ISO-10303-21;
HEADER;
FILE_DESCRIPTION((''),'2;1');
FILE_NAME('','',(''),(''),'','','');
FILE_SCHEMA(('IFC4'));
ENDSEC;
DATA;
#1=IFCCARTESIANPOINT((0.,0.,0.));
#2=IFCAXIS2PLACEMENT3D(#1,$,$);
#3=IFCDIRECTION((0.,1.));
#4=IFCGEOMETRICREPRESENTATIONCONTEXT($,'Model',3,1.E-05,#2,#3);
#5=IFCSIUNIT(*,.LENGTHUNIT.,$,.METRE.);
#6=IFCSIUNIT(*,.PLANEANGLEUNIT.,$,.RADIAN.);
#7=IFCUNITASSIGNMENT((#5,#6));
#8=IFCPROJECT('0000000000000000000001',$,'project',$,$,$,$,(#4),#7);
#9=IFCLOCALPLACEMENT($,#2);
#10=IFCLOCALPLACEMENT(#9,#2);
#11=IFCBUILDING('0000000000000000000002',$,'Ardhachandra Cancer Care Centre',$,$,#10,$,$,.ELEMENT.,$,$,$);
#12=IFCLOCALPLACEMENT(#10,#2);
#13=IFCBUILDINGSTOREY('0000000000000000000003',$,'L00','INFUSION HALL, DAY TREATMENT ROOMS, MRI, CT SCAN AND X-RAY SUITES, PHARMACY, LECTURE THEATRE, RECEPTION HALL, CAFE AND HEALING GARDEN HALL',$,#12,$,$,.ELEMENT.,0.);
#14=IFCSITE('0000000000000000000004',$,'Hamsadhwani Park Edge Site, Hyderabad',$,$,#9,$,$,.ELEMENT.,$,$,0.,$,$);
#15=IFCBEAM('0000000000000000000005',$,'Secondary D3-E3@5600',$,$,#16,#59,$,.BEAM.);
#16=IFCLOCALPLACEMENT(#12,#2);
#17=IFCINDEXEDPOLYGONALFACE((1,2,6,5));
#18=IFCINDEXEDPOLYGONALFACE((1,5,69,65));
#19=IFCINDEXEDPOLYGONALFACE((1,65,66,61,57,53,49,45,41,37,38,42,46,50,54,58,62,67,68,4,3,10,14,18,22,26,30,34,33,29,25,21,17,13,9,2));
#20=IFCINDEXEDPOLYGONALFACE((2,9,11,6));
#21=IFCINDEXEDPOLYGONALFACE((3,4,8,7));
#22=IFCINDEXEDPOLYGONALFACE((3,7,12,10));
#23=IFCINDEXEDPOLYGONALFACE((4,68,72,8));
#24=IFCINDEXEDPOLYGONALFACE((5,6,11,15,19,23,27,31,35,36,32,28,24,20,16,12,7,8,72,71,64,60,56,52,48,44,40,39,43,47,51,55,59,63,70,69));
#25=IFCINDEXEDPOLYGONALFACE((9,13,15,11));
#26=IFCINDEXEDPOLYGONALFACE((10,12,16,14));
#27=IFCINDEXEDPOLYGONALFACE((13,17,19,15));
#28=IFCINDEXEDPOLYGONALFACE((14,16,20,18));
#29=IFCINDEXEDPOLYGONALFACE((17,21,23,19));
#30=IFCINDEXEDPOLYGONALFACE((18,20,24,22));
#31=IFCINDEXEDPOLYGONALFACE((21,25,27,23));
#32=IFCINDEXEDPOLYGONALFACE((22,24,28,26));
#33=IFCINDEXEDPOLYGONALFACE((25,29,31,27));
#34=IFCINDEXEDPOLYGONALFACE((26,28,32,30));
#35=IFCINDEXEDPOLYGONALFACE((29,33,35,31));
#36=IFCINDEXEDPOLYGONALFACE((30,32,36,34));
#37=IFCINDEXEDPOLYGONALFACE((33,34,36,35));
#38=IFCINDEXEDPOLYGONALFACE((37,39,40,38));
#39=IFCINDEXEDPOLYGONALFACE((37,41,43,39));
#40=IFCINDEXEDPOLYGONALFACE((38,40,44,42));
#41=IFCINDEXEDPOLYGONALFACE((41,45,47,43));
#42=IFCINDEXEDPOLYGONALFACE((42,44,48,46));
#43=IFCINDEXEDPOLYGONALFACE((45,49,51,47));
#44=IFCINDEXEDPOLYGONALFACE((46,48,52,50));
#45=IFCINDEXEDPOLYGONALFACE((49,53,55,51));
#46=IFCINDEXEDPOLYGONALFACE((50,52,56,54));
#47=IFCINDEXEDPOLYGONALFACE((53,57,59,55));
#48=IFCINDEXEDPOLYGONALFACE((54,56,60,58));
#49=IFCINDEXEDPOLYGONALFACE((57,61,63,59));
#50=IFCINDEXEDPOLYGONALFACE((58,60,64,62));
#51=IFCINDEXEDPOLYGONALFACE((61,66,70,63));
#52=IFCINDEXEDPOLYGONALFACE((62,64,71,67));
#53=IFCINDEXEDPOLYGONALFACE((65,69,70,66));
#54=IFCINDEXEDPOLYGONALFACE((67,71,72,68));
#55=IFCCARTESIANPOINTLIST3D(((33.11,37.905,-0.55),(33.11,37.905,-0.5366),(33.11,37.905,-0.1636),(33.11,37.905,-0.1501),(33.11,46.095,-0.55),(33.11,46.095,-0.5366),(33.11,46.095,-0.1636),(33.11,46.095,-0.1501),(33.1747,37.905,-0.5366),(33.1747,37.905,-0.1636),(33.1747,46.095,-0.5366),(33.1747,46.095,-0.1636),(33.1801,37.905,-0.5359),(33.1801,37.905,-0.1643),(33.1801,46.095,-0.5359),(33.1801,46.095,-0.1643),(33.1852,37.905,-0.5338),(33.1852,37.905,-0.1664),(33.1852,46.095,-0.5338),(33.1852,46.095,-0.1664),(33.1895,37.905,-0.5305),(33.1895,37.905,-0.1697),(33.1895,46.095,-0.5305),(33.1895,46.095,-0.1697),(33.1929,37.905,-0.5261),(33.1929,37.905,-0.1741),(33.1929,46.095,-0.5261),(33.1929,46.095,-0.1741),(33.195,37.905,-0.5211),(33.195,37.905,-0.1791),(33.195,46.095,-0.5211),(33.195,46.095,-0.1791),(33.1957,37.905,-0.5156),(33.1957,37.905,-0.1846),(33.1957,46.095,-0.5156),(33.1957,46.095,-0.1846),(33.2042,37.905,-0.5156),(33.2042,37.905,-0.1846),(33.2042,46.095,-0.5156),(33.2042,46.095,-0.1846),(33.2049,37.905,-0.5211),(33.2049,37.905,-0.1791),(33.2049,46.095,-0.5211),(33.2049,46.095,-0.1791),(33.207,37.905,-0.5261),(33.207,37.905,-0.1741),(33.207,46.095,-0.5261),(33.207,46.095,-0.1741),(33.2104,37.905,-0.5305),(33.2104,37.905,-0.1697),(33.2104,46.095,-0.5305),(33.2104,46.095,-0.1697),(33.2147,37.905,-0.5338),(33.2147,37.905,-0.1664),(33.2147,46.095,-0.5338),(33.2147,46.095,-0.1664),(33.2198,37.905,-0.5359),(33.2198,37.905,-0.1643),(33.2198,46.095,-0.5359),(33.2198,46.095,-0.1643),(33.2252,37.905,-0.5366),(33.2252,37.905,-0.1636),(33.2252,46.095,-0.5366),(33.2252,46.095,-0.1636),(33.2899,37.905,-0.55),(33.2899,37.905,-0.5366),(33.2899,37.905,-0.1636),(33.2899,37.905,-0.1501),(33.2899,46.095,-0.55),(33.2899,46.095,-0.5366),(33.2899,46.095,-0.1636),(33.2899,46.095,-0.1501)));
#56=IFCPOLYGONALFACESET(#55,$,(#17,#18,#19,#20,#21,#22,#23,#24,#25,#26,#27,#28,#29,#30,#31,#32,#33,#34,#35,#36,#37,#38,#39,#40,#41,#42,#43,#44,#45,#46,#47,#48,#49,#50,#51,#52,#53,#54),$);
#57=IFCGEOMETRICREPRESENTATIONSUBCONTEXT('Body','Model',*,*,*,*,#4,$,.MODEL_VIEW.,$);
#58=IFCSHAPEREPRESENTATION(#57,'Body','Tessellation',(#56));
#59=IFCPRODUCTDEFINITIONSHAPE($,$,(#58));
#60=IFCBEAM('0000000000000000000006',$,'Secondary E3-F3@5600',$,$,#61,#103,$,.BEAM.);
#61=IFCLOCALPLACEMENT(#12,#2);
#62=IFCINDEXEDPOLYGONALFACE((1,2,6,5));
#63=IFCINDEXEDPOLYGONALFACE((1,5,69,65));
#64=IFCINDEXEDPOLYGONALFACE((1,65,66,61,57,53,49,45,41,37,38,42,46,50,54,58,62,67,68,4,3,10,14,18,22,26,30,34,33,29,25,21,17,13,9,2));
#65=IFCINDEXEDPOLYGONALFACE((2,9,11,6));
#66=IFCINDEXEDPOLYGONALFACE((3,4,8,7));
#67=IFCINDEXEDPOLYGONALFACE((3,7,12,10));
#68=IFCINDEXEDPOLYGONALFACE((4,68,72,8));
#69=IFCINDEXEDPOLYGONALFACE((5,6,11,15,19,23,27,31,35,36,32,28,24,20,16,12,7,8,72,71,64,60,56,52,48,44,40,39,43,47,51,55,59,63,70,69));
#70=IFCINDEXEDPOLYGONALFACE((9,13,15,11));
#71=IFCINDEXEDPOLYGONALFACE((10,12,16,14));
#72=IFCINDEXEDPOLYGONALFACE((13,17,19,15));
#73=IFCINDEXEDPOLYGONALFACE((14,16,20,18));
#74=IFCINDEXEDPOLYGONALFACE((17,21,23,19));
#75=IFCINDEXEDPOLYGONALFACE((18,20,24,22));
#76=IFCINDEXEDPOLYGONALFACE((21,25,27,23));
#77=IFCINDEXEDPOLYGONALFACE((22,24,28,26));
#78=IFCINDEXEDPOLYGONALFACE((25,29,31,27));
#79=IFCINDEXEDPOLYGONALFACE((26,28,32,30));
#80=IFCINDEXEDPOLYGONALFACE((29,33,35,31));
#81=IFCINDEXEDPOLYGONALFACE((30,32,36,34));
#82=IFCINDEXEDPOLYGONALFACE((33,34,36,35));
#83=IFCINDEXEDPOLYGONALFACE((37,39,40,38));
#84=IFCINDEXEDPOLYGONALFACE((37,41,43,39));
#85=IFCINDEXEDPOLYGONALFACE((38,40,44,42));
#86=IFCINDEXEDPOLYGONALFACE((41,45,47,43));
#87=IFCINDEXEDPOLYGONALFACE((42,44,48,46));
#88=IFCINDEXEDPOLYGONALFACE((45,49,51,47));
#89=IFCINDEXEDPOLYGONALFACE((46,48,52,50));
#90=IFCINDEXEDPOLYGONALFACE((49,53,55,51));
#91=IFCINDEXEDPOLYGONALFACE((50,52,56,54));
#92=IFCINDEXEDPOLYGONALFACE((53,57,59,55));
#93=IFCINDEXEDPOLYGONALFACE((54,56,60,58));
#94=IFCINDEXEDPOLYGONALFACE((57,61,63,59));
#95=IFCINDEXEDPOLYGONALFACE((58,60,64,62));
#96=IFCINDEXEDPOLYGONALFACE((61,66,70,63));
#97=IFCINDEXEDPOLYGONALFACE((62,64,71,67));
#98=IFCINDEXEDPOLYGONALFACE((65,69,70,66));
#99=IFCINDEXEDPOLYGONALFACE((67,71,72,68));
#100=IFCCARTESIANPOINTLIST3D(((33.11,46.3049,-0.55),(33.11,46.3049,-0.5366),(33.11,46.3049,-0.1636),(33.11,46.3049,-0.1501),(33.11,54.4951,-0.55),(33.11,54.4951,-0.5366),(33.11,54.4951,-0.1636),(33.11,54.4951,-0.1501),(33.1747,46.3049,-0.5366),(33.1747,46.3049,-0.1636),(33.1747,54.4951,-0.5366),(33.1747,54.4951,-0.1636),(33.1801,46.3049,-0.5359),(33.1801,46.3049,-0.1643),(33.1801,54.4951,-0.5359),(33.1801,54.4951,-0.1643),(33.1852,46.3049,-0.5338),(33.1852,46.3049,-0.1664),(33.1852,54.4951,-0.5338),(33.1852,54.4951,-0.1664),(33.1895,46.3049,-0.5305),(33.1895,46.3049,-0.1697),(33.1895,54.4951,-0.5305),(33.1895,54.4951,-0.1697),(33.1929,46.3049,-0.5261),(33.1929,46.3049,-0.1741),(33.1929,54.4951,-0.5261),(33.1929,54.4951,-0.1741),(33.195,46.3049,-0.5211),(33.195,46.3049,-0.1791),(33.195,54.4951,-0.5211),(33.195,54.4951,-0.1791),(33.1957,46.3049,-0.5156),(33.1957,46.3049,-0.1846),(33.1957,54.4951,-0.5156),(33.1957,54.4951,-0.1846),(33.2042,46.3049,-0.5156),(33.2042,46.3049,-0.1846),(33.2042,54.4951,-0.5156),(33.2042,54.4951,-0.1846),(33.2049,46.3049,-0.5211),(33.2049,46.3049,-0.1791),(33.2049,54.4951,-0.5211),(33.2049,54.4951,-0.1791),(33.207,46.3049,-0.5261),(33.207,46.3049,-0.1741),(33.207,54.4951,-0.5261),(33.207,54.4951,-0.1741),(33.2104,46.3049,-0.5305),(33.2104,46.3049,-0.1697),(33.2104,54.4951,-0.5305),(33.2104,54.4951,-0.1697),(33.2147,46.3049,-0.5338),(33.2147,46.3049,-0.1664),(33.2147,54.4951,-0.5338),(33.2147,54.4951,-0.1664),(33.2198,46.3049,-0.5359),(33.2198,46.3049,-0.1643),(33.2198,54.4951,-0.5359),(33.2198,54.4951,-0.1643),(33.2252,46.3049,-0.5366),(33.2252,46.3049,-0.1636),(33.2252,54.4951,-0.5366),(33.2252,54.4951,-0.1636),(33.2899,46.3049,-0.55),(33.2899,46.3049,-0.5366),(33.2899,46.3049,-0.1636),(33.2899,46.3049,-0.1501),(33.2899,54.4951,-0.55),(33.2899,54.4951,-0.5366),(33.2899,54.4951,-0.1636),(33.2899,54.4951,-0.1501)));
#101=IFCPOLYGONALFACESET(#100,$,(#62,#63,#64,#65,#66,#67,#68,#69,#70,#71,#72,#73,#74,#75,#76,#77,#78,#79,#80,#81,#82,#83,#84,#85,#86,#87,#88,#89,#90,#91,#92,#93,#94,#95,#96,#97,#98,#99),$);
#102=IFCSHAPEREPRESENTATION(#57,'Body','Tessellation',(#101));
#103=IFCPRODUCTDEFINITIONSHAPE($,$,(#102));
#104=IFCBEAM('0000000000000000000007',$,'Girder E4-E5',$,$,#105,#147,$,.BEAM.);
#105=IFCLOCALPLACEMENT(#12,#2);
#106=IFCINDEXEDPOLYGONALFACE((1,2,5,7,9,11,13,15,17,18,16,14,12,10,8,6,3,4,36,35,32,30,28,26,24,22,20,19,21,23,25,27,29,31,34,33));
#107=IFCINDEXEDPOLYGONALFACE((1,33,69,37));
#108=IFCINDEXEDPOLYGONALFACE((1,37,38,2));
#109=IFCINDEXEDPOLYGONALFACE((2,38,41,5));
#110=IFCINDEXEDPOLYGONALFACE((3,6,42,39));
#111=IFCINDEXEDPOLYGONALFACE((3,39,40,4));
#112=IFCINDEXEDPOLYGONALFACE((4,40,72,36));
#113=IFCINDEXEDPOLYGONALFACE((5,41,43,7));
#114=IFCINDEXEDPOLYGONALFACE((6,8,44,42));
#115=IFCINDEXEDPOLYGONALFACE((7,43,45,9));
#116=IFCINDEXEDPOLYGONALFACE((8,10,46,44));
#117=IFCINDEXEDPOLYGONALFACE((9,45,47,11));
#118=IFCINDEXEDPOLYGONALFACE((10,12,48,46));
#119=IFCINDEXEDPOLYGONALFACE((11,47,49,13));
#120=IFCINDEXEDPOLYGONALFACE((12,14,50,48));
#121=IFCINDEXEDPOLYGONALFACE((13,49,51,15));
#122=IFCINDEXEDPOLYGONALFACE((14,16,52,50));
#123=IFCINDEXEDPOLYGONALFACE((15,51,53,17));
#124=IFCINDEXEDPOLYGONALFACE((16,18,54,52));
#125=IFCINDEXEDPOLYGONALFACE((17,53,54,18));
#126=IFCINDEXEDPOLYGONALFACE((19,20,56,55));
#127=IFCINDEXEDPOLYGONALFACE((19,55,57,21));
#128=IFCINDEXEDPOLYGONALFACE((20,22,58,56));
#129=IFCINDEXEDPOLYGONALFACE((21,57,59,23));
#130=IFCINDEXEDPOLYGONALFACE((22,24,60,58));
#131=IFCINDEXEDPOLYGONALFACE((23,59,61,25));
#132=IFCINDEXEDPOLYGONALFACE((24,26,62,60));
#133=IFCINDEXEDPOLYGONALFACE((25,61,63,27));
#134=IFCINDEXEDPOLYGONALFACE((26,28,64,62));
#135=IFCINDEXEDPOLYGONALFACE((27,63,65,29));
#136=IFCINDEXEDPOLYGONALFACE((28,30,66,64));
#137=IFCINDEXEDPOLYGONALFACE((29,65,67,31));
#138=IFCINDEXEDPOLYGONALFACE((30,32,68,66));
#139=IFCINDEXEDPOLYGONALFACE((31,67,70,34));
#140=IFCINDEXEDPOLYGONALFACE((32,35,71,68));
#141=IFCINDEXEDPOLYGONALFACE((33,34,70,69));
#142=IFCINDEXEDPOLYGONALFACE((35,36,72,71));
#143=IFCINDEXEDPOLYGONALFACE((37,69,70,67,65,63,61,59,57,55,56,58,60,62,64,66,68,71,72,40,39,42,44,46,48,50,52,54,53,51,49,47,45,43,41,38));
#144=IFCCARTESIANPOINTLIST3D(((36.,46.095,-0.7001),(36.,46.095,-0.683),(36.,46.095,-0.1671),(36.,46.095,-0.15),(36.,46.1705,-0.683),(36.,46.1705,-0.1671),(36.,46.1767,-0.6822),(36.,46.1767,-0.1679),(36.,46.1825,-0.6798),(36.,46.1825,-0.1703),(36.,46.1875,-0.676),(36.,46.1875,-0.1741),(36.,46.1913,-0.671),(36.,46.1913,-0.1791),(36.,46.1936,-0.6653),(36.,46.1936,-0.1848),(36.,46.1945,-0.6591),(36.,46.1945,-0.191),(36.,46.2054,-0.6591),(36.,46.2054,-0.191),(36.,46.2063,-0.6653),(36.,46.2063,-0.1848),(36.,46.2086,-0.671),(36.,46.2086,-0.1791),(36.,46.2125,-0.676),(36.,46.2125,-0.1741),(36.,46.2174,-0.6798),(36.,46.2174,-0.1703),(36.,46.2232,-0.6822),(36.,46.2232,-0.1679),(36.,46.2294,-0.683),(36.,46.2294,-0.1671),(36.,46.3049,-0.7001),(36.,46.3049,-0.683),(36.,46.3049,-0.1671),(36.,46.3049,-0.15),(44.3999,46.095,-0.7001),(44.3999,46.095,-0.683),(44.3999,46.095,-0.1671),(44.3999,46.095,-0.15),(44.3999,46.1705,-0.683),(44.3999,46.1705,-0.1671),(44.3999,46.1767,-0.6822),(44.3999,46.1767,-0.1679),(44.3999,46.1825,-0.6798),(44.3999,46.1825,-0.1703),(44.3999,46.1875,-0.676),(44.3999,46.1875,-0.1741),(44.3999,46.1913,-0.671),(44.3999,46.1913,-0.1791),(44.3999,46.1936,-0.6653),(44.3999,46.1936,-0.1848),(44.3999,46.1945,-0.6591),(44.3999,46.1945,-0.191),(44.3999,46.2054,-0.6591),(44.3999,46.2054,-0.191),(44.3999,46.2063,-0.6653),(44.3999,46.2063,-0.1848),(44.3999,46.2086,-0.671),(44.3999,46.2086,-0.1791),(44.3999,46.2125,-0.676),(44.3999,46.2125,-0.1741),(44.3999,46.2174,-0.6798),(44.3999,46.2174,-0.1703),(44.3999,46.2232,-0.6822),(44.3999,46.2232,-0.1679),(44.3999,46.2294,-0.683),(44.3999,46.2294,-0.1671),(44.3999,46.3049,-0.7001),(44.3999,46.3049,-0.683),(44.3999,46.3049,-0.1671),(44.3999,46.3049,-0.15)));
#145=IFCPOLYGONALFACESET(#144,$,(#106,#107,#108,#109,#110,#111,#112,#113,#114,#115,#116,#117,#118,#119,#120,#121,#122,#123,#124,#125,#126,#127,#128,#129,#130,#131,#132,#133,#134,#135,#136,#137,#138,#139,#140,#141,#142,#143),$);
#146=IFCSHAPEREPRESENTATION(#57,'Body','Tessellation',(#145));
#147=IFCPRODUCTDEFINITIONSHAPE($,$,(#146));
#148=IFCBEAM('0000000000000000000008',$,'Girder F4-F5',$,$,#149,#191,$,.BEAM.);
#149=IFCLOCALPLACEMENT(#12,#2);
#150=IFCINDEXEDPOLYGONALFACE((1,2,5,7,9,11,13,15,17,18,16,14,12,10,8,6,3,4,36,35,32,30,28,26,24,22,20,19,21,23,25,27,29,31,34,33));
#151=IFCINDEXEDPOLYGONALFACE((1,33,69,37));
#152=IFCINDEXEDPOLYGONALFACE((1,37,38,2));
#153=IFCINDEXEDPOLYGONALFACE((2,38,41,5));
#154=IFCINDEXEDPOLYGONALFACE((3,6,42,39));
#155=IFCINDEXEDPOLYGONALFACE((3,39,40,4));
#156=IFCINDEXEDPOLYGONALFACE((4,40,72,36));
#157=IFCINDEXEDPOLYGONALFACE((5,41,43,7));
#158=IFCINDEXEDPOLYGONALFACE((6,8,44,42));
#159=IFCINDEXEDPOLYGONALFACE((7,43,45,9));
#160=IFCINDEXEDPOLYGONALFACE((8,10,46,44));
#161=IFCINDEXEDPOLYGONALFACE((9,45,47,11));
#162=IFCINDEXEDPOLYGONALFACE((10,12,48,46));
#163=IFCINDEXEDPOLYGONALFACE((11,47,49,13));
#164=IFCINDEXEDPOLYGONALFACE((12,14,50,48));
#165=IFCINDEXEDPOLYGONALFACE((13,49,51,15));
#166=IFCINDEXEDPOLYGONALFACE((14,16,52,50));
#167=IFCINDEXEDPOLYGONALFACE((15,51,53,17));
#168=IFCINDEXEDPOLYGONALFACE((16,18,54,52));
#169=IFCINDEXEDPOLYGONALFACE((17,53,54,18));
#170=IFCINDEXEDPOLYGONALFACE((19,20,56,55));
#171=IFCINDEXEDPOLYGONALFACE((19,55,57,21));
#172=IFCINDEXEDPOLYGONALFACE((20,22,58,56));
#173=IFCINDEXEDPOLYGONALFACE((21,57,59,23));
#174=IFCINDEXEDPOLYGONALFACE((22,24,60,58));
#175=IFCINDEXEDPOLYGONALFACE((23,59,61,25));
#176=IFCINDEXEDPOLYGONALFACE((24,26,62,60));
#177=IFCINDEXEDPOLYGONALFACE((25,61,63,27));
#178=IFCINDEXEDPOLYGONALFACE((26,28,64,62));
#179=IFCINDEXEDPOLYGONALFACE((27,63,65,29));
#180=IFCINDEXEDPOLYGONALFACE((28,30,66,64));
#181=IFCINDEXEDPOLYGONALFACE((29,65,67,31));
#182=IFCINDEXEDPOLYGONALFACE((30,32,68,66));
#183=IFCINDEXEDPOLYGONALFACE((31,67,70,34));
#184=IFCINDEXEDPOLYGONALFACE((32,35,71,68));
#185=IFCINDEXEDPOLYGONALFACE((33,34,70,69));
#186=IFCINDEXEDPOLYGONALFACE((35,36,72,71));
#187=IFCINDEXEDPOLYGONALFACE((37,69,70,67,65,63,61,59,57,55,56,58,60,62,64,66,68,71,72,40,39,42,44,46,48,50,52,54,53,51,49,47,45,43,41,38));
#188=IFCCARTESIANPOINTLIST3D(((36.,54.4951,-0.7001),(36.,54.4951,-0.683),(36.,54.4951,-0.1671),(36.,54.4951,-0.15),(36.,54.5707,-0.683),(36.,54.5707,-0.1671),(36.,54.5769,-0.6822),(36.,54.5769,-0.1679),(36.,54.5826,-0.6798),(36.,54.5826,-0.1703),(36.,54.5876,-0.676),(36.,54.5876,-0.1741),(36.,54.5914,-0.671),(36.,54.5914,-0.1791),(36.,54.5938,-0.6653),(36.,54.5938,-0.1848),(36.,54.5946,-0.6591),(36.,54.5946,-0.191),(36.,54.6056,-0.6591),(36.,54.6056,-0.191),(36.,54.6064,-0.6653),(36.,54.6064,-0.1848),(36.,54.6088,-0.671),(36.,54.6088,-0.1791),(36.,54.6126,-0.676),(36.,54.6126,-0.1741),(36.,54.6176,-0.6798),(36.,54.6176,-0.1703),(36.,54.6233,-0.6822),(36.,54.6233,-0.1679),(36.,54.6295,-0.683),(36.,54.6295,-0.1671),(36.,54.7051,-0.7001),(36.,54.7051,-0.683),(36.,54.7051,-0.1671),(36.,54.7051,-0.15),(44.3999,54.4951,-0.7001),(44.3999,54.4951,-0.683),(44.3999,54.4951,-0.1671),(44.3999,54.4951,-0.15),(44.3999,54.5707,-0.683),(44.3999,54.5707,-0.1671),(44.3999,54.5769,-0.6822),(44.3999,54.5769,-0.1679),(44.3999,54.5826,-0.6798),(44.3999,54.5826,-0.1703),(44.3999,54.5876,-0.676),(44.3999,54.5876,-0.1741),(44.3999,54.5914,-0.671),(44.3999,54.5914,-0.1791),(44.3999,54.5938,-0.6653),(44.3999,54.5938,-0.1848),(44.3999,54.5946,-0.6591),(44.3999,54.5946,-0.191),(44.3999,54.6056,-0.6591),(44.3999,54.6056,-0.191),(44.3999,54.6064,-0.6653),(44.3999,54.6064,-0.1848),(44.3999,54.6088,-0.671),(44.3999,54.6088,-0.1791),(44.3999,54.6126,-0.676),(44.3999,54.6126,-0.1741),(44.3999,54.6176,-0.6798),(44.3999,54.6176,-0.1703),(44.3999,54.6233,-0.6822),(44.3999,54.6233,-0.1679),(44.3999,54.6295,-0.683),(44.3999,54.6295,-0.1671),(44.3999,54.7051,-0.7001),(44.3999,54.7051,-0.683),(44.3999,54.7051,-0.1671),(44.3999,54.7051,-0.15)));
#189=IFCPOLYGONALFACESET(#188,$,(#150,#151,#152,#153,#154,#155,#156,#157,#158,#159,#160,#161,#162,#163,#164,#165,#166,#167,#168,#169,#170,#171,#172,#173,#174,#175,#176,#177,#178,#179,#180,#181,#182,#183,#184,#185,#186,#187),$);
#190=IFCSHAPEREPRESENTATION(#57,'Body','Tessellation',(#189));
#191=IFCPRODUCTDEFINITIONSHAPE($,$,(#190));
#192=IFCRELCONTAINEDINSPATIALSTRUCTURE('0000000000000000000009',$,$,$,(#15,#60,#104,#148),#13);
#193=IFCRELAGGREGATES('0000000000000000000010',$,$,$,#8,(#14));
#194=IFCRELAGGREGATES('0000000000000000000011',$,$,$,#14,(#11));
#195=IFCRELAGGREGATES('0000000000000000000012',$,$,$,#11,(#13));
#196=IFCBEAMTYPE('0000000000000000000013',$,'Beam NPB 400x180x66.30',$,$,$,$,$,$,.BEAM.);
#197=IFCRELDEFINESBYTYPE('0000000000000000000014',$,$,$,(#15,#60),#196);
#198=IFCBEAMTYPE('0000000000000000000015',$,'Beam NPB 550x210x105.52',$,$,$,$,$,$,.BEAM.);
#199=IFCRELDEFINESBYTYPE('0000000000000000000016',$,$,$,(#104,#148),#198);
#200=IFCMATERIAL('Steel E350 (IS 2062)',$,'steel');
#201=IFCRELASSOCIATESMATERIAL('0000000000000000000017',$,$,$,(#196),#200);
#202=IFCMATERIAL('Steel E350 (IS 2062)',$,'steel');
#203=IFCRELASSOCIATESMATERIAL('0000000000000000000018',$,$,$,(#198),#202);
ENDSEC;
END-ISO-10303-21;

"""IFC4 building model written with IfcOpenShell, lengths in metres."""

from ifc_helpers import new_model, si_unit, direction, frame, origin, origin_2d, place, context, subcontext, project, spatial, i_section, extrude, material, material_profile, profile_set, type_object, element, save


model = new_model("IFC4")

# Units and contexts
model_context = context("Model", 3, precision=1e-05, world=origin(), true_north=direction((0.0, 1.0)))
body_context = subcontext(model_context, "Body", "Model", "MODEL_VIEW")
ifc_project = project(units=[si_unit("LENGTHUNIT", "METRE"), si_unit("PLANEANGLEUNIT", "RADIAN")], contexts=[model_context])

# Site, building, storey
site_placement = place(None, origin())
site = spatial("IfcSite", under=ifc_project, at=site_placement, Name="Hamsadhwani Park Edge Site, Hyderabad", CompositionType="ELEMENT", RefElevation=0.0)
building_placement = place(site_placement, origin())
building = spatial("IfcBuilding", under=site, at=building_placement, Name="Ardhachandra Cancer Care Centre", CompositionType="ELEMENT")
storey_placement = place(building_placement, origin())
storey = spatial("IfcBuildingStorey", under=building, at=storey_placement, Name="L00", Description="INFUSION HALL, DAY TREATMENT ROOMS, MRI, CT SCAN AND X-RAY SUITES, PHARMACY, LECTURE THEATRE, RECEPTION HALL, CAFE AND HEALING GARDEN HALL", CompositionType="ELEMENT", Elevation=0.0)

# Beams
ifc_material_1 = material(Name="Steel E350 (IS 2062)", Category="steel")
ifc_material_profile_1 = material_profile(ifc_material_1, i_section(OverallWidth=0.1799, OverallDepth=0.3999, WebThickness=0.0085, FlangeThickness=0.0134, FilletRadius=0.021, at=origin_2d()), Name="NPB 400x180x66.30")
ifc_profile_set_1 = profile_set([ifc_material_profile_1], Name="Steel E350 (IS 2062)")
beam_type_1 = type_object("IfcBeamType", Name="Beam NPB 400x180x66.30", PredefinedType="BEAM", material=ifc_profile_set_1)
beam_1_placement = place(storey_placement, frame((33.2, 37.905, -0.3501), z_axis=(0.0, 1.0, 0.0), x_axis=(-1.0, 0.0, 0.0)))
element("IfcBeam", 1, at=beam_1_placement, inside=storey, type_object=beam_type_1, Name="Secondary D3-E3@5600", PredefinedType="BEAM", context=body_context, shape_type="SweptSolid", body=[
    extrude(i_section(OverallWidth=0.1799, OverallDepth=0.3999, WebThickness=0.0085, FlangeThickness=0.0134, FilletRadius=0.021, at=origin_2d()), origin(), (0.0, 0.0, 1.0), 8.1899),
])
beam_2_placement = place(storey_placement, frame((33.2, 46.3049, -0.3501), z_axis=(0.0, 1.0, 0.0), x_axis=(-1.0, 0.0, 0.0)))
element("IfcBeam", 2, at=beam_2_placement, inside=storey, type_object=beam_type_1, Name="Secondary E3-F3@5600", PredefinedType="BEAM", context=body_context, shape_type="SweptSolid", body=[
    extrude(i_section(OverallWidth=0.1799, OverallDepth=0.3999, WebThickness=0.0085, FlangeThickness=0.0134, FilletRadius=0.021, at=origin_2d()), origin(), (0.0, 0.0, 1.0), 8.1902),
])
ifc_material_2 = material(Name="Steel E350 (IS 2062)", Category="steel")
ifc_material_profile_2 = material_profile(ifc_material_2, i_section(OverallWidth=0.21, OverallDepth=0.55, WebThickness=0.011, FlangeThickness=0.0171, FilletRadius=0.0239, at=origin_2d()), Name="NPB 550x210x105.52")
ifc_profile_set_2 = profile_set([ifc_material_profile_2], Name="Steel E350 (IS 2062)")
beam_type_2 = type_object("IfcBeamType", Name="Beam NPB 550x210x105.52", PredefinedType="BEAM", material=ifc_profile_set_2)
for number, where, z_axis, x_axis, name in (
    (3, (36.0, 46.2, -0.425), (1.0, 0.0, 0.0), (0.0, 1.0, 0.0), "Girder E4-E5"),
    (4, (36.0, 54.6001, -0.425), (1.0, 0.0, 0.0), (0.0, 1.0, 0.0), "Girder F4-F5"),
):
    element("IfcBeam", number, at=place(storey_placement, frame(where, z_axis=z_axis, x_axis=x_axis)), inside=storey, type_object=beam_type_2, Name=name, PredefinedType="BEAM", context=body_context, shape_type="SweptSolid", body=[
        extrude(i_section(OverallWidth=0.21, OverallDepth=0.55, WebThickness=0.011, FlangeThickness=0.0171, FilletRadius=0.0239, at=origin_2d()), origin(), (0.0, 0.0, 1.0), 8.3999),
    ])

save(model, "model.ifc")
